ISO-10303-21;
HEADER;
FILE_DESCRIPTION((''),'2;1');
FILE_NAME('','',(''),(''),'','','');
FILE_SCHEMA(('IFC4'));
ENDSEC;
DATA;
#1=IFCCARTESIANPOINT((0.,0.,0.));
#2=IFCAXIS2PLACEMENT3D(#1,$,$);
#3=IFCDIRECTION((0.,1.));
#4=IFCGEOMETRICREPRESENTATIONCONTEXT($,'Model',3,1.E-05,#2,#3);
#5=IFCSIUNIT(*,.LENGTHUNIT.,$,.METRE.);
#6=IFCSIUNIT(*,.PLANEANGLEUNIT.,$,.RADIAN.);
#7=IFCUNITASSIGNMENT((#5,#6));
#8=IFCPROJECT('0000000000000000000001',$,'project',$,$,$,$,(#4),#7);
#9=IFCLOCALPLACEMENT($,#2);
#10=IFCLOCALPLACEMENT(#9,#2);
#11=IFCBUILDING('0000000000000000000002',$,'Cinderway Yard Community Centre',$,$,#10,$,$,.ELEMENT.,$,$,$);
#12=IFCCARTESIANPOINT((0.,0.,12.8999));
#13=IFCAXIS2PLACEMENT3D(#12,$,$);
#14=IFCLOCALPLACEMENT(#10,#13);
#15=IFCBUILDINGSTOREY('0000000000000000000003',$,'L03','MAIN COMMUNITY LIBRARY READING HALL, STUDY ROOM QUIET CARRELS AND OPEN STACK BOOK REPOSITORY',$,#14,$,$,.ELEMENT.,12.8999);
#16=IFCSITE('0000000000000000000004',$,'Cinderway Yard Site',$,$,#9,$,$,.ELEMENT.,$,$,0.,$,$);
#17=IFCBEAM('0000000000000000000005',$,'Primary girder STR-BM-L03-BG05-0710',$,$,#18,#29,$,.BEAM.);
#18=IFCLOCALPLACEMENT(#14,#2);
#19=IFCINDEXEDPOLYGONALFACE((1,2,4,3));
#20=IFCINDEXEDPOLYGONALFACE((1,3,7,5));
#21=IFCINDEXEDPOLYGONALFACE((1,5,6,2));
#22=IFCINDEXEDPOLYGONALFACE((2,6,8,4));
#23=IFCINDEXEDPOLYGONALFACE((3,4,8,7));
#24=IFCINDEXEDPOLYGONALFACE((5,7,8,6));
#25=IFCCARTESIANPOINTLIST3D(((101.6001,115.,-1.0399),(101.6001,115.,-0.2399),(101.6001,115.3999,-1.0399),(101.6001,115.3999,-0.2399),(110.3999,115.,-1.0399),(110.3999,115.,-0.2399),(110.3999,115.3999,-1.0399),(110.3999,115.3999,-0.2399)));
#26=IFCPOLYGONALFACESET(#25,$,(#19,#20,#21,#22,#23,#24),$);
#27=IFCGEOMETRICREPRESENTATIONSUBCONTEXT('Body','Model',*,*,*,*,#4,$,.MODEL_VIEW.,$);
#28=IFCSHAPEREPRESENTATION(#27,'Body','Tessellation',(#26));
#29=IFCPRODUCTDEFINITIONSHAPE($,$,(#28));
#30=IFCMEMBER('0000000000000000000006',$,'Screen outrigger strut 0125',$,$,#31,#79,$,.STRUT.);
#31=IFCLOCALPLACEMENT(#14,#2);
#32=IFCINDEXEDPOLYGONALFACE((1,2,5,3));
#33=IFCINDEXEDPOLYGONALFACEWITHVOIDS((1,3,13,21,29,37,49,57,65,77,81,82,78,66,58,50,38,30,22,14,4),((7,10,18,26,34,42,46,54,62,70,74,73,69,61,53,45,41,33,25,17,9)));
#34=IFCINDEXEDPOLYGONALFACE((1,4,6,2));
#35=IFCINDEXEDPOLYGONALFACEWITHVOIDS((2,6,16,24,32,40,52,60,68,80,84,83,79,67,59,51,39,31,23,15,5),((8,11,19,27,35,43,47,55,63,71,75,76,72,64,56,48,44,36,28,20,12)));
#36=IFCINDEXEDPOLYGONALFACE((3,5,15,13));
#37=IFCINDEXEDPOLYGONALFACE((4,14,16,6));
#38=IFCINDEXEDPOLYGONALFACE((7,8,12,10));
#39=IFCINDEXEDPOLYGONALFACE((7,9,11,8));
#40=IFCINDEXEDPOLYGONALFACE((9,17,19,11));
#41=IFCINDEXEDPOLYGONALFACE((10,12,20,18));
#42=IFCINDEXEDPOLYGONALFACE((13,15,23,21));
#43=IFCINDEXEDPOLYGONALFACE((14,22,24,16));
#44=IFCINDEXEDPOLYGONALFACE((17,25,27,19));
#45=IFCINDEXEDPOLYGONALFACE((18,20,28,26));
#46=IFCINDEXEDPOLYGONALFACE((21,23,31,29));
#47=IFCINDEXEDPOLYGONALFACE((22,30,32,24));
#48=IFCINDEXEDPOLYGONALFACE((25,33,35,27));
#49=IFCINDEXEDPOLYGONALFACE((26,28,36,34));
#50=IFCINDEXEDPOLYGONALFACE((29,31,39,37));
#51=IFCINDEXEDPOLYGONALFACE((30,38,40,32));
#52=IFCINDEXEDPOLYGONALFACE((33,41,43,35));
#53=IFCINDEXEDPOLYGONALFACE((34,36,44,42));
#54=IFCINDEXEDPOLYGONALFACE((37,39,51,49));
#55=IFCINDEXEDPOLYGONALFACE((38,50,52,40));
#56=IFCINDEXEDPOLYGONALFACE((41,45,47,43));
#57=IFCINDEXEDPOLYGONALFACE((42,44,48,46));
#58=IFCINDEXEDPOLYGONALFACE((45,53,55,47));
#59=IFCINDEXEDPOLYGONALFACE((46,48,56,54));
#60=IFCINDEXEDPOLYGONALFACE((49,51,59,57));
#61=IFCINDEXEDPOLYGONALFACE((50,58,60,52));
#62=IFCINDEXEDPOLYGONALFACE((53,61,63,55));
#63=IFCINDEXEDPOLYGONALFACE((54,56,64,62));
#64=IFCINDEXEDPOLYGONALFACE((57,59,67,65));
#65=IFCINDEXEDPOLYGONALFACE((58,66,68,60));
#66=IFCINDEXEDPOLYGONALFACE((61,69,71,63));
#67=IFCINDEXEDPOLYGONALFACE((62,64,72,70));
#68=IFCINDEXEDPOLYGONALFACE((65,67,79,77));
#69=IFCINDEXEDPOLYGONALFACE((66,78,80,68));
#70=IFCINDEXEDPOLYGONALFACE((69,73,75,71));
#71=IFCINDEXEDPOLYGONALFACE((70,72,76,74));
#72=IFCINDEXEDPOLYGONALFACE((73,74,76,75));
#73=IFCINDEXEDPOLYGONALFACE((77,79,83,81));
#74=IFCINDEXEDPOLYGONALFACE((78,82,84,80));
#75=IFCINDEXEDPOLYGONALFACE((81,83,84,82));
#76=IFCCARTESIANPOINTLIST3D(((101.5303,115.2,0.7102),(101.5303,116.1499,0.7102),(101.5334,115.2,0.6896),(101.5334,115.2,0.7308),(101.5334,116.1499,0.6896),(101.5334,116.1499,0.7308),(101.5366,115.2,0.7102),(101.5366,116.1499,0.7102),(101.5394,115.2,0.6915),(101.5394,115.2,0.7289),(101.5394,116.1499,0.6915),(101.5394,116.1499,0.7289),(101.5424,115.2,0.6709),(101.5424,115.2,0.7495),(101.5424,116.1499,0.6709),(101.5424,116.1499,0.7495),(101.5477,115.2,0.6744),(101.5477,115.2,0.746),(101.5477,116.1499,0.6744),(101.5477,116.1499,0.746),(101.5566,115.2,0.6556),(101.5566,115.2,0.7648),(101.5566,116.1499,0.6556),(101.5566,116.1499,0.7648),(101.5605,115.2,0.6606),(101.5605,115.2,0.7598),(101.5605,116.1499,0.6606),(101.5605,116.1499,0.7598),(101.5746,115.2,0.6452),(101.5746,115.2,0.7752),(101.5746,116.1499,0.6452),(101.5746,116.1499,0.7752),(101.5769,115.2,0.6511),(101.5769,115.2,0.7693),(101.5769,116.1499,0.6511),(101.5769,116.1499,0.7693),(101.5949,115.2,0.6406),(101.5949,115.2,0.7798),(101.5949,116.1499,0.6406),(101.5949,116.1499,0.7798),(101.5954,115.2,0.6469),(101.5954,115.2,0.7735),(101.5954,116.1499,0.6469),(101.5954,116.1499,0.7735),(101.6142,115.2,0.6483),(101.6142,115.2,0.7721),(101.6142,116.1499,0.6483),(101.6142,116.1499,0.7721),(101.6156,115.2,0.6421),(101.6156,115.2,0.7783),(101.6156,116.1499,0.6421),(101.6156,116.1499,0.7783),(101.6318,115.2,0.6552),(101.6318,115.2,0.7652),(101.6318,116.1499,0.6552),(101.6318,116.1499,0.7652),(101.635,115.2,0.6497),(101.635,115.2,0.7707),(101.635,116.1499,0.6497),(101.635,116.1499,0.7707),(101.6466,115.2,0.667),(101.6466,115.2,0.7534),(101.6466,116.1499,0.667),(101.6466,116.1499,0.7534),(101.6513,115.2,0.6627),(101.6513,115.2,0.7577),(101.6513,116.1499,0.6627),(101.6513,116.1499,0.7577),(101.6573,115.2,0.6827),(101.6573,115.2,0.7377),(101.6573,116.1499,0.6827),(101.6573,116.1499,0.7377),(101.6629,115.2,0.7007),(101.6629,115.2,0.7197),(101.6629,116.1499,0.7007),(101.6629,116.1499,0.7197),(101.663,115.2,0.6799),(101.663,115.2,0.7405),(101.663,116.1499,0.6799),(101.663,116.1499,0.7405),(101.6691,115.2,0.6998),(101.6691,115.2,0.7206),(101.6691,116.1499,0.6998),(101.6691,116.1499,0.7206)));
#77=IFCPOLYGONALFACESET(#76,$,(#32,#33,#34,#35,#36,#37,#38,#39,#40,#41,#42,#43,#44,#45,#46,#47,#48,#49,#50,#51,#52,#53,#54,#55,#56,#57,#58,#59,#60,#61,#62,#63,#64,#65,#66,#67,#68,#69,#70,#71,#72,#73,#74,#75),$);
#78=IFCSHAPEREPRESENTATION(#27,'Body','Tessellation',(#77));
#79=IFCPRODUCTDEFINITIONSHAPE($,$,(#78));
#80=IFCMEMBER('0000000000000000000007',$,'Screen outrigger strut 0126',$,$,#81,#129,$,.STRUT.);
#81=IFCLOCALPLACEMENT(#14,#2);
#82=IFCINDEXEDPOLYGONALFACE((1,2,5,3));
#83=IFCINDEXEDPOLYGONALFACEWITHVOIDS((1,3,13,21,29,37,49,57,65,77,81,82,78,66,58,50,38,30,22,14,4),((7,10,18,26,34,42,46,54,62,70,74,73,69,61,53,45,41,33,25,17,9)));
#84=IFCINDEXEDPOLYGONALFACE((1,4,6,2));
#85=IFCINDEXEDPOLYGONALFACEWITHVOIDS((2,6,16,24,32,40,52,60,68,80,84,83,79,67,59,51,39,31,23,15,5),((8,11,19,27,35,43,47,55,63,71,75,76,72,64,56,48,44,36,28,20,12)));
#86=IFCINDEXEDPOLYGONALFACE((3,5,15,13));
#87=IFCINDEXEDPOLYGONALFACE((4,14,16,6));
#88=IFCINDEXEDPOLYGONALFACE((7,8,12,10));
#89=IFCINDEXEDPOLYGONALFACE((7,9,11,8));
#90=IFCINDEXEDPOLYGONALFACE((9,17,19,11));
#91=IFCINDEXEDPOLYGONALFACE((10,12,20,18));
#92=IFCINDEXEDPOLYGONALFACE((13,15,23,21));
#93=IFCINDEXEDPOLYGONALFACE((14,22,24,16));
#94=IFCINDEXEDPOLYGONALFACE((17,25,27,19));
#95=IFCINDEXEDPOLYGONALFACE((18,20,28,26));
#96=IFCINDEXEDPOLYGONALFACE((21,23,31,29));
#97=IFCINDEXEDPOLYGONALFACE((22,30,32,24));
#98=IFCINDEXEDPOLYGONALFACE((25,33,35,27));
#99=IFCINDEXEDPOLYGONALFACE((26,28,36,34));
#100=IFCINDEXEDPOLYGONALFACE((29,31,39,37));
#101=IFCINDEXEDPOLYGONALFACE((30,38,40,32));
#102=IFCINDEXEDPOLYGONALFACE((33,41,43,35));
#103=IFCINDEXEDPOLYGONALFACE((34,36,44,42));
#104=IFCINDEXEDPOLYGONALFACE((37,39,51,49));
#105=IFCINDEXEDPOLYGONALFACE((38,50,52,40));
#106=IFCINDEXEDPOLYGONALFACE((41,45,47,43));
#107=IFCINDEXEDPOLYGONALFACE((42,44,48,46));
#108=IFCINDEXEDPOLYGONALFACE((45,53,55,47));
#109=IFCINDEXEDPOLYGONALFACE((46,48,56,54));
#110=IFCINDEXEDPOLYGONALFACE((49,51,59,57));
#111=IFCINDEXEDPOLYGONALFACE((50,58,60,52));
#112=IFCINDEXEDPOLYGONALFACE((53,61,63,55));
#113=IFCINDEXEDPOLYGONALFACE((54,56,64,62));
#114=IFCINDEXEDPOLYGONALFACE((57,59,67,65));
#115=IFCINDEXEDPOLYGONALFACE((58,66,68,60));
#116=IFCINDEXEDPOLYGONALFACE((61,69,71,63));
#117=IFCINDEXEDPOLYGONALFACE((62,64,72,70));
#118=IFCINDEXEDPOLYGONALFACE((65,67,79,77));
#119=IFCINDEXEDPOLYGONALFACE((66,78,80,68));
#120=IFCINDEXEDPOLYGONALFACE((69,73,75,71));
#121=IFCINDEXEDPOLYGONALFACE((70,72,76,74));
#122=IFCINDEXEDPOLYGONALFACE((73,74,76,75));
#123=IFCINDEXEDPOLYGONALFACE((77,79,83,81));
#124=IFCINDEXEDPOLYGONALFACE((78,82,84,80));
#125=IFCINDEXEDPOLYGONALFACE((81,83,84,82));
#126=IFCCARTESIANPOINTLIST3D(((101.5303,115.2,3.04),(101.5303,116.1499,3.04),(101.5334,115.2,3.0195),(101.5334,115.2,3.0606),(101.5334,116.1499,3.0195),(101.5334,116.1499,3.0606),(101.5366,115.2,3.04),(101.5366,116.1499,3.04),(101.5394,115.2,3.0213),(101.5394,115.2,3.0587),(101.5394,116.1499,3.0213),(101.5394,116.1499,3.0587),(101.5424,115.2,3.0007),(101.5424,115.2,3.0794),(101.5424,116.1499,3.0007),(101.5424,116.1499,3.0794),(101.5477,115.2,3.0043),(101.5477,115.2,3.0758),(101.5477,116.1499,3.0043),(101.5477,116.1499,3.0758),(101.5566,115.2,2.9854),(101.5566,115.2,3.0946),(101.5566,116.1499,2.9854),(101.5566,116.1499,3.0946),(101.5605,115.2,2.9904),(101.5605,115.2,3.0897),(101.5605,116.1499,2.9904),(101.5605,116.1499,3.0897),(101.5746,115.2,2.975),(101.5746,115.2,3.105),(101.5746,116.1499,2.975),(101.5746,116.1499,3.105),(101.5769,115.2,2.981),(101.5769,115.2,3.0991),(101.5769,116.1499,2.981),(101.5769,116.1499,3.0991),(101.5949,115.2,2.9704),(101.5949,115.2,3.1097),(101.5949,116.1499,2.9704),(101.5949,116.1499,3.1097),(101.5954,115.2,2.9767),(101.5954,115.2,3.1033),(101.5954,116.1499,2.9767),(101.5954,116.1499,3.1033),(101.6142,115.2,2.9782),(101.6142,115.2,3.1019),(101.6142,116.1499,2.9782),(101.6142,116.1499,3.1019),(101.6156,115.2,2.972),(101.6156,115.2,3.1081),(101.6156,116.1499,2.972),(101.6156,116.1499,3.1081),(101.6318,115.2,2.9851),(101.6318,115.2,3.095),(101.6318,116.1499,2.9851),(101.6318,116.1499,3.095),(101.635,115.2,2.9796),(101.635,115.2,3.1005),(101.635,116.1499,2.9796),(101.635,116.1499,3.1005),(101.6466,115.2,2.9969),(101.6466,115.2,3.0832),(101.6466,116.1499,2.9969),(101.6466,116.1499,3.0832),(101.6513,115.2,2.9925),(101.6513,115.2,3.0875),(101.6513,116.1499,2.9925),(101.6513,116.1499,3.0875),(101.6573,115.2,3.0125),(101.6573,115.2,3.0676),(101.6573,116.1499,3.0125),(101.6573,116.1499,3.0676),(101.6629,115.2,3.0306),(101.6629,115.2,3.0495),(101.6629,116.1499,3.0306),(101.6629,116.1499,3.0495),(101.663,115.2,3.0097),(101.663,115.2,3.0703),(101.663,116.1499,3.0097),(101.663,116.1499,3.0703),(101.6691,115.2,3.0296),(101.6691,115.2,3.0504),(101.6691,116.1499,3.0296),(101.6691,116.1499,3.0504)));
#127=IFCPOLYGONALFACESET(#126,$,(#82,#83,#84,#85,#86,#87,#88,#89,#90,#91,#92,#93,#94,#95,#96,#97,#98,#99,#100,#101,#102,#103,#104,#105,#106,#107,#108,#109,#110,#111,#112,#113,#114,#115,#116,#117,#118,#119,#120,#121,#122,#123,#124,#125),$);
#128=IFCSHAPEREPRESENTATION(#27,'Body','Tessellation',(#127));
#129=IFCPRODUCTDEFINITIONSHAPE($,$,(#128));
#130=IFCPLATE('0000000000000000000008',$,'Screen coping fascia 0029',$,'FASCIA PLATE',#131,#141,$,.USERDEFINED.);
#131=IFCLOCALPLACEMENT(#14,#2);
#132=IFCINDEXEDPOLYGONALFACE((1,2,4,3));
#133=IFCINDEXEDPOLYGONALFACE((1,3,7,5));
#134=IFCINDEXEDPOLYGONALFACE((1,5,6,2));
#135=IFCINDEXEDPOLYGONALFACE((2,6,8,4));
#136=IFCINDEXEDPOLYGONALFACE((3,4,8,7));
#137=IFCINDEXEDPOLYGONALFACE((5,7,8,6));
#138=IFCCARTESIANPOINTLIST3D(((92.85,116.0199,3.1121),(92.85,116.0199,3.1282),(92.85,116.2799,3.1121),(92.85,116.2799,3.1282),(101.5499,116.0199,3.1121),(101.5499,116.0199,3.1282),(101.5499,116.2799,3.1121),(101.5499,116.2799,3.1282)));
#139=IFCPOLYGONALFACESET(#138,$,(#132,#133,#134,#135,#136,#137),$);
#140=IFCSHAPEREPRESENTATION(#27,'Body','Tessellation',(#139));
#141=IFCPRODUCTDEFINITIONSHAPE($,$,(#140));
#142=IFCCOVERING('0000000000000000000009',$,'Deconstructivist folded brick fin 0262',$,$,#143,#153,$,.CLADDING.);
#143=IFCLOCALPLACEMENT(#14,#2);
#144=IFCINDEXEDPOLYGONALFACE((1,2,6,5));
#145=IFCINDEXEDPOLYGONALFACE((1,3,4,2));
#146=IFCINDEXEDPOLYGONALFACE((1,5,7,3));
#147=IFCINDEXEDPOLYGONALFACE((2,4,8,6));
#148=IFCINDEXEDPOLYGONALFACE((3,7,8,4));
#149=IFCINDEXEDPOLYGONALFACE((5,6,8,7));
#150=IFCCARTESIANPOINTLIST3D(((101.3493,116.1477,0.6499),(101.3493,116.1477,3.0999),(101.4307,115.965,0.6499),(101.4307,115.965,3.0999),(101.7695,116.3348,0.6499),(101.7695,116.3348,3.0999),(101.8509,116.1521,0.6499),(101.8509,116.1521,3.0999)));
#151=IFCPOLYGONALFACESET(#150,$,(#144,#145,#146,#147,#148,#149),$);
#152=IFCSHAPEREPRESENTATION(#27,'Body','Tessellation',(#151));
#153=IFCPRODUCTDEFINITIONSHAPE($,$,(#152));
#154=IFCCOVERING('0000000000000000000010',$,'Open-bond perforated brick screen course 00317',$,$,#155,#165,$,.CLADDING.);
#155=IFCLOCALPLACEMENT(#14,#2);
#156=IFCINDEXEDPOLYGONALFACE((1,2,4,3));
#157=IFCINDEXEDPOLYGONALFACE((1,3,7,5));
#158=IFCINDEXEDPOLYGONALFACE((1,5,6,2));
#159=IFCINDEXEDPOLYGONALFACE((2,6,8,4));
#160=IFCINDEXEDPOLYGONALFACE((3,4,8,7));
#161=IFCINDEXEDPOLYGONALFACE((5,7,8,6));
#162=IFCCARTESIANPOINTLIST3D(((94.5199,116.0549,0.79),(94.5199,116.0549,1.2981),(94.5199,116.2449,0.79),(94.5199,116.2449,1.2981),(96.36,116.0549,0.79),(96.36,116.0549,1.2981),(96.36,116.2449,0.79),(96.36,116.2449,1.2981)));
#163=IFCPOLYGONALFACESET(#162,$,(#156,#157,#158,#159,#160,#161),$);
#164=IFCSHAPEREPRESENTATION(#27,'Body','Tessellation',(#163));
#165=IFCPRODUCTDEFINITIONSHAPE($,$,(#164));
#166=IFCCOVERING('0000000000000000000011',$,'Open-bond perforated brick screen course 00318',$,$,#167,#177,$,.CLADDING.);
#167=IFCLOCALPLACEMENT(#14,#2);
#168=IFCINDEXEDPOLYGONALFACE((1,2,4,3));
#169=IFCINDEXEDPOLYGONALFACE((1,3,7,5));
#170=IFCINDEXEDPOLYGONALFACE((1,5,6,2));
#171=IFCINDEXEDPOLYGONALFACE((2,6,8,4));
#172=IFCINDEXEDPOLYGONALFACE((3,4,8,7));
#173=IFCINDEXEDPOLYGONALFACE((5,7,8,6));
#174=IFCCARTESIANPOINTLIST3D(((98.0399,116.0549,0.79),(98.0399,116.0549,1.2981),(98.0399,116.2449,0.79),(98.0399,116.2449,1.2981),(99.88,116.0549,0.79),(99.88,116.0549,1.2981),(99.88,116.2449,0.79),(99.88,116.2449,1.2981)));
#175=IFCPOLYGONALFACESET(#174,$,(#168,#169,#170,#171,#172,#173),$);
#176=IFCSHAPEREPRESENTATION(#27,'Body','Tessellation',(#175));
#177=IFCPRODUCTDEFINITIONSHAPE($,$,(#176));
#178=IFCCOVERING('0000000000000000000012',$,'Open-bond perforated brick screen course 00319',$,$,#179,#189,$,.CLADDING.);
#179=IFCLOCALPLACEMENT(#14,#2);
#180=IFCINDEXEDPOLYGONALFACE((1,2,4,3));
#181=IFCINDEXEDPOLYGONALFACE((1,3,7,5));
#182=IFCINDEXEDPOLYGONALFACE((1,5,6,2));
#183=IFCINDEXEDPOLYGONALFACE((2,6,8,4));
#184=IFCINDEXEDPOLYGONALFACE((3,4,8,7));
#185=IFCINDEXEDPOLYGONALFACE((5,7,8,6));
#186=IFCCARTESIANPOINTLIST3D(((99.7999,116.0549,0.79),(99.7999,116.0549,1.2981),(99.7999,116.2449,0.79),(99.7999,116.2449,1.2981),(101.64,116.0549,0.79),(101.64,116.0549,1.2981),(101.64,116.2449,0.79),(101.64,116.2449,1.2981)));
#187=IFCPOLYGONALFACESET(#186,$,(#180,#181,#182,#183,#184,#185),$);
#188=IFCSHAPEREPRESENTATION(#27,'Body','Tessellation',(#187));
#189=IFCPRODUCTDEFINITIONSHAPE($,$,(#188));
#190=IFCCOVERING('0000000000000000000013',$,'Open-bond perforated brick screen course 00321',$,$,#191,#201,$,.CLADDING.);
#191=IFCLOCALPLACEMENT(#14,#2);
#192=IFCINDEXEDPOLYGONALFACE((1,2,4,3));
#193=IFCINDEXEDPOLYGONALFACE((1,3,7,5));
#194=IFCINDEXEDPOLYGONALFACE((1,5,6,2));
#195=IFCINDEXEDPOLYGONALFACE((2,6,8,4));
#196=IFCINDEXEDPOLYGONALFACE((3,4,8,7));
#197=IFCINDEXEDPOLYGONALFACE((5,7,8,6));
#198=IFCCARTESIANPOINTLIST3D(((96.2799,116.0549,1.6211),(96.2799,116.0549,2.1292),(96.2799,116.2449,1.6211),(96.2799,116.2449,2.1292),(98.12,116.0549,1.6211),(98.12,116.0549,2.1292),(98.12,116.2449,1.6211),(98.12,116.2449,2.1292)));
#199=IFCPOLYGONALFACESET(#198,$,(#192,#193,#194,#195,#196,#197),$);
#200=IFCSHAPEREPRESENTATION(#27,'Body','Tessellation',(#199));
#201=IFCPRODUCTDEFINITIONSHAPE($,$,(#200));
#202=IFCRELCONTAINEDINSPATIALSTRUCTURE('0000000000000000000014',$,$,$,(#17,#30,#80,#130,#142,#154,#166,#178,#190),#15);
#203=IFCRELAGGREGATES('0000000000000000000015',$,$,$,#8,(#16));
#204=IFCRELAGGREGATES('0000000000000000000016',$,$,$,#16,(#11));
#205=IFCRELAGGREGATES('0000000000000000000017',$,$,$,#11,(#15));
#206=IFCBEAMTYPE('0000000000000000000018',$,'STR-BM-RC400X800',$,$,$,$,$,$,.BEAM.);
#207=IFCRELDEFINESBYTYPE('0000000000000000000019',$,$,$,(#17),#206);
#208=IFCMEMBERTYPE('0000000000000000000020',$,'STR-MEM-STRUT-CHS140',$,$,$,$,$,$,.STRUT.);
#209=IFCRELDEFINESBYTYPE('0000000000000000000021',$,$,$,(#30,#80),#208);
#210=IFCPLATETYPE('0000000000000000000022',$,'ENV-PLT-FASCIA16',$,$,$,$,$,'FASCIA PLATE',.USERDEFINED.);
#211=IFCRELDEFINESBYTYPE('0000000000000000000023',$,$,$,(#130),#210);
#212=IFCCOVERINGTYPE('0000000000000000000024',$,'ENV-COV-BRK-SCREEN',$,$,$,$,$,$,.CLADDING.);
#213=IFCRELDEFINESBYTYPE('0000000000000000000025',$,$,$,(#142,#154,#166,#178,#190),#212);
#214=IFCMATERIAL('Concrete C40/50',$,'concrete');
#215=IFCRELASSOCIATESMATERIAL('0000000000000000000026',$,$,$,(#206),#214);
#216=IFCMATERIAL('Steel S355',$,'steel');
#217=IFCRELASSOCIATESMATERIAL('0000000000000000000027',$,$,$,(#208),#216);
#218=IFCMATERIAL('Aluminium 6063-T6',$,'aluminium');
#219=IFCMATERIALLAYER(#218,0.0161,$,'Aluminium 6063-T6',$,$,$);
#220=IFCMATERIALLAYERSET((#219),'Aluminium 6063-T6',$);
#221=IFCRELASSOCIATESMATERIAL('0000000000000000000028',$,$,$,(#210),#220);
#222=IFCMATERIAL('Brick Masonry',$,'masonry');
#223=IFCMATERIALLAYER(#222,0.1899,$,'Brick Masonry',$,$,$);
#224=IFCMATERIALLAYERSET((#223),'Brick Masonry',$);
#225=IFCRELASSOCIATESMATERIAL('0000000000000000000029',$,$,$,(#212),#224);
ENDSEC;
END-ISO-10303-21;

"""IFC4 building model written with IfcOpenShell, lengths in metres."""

from ifc_helpers import new_model, si_unit, direction, frame, origin, origin_2d, place, context, subcontext, project, spatial, rectangle, hollow_circle, extrude, material, layer, layer_set, material_profile, profile_set, type_object, element, save


model = new_model("IFC4")

# Units and contexts
model_context = context("Model", 3, precision=1e-05, world=origin(), true_north=direction((0.0, 1.0)))
body_context = subcontext(model_context, "Body", "Model", "MODEL_VIEW")
ifc_project = project(units=[si_unit("LENGTHUNIT", "METRE"), si_unit("PLANEANGLEUNIT", "RADIAN")], contexts=[model_context])

# Site, building, storey
site_placement = place(None, origin())
site = spatial("IfcSite", under=ifc_project, at=site_placement, Name="Cinderway Yard Site", CompositionType="ELEMENT", RefElevation=0.0)
building_placement = place(site_placement, origin())
building = spatial("IfcBuilding", under=site, at=building_placement, Name="Cinderway Yard Community Centre", CompositionType="ELEMENT")
storey_placement = place(building_placement, frame((0.0, 0.0, 12.8999)))
storey = spatial("IfcBuildingStorey", under=building, at=storey_placement, Name="L03", Description="MAIN COMMUNITY LIBRARY READING HALL, STUDY ROOM QUIET CARRELS AND OPEN STACK BOOK REPOSITORY", CompositionType="ELEMENT", Elevation=12.8999)

# Shared definitions
ifc_material_1 = material(Name="Concrete C40/50", Category="concrete")

# Shared definitions
ifc_material_2 = material(Name="Steel S355", Category="steel")

# Beam
ifc_material_profile_1 = material_profile(ifc_material_1, rectangle(XDim=0.3999, YDim=0.8, at=origin_2d()), Name="Concrete C40/50")
ifc_profile_set_1 = profile_set([ifc_material_profile_1], Name="Concrete C40/50")
beam_type = type_object("IfcBeamType", Name="STR-BM-RC400X800", PredefinedType="BEAM", material=ifc_profile_set_1)
beam_placement = place(storey_placement, frame((101.6001, 115.2, -0.6399), z_axis=(1.0, 0.0, 0.0), x_axis=(0.0, 1.0, 0.0)))
element("IfcBeam", 1, at=beam_placement, inside=storey, type_object=beam_type, Name="Primary girder STR-BM-L03-BG05-0710", PredefinedType="BEAM", context=body_context, shape_type="SweptSolid", body=[
    extrude(rectangle(XDim=0.3999, YDim=0.8, at=origin_2d()), origin(), (0.0, 0.0, 1.0), 8.7998),
])

# Members
ifc_material_profile_2 = material_profile(ifc_material_2, hollow_circle(Radius=0.0698, WallThickness=0.0063, at=origin_2d()), Name="Steel S355")
ifc_profile_set_2 = profile_set([ifc_material_profile_2], Name="Steel S355")
member_type_1 = type_object("IfcMemberType", Name="STR-MEM-STRUT-CHS140", PredefinedType="STRUT", material=ifc_profile_set_2)
for number, where, z_axis, x_axis, name in (
    (2, (101.6001, 115.2, 0.7102), (0.0, 1.0, 0.0), (-1.0, 0.0, 0.0), "Screen outrigger strut 0125"),
    (3, (101.6001, 115.2, 3.04), (0.0, 1.0, 0.0), (-1.0, 0.0, 0.0), "Screen outrigger strut 0126"),
):
    element("IfcMember", number, at=place(storey_placement, frame(where, z_axis=z_axis, x_axis=x_axis)), inside=storey, type_object=member_type_1, Name=name, PredefinedType="STRUT", context=body_context, shape_type="SweptSolid", body=[
        extrude(hollow_circle(Radius=0.0698, WallThickness=0.0063, at=origin_2d()), origin(), (0.0, 0.0, 1.0), 0.95),
    ])

# Plate
ifc_material_3 = material(Name="Aluminium 6063-T6", Category="aluminium")
ifc_layer_1 = layer(ifc_material_3, 0.0161, Name="Aluminium 6063-T6")
ifc_layer_set_1 = layer_set([ifc_layer_1], Name="Aluminium 6063-T6")
plate_type = type_object("IfcPlateType", Name="ENV-PLT-FASCIA16", ElementType="FASCIA PLATE", PredefinedType="USERDEFINED", material=ifc_layer_set_1)
plate_placement = place(storey_placement, frame((97.2, 116.1499, 3.1121), z_axis=(0.0, 0.0, 1.0), x_axis=(1.0, 0.0, 0.0)))
element("IfcPlate", 4, at=plate_placement, inside=storey, type_object=plate_type, Name="Screen coping fascia 0029", ObjectType="FASCIA PLATE", PredefinedType="USERDEFINED", context=body_context, shape_type="SweptSolid", body=[
    extrude(rectangle(XDim=8.7, YDim=0.26, at=origin_2d()), origin(), (0.0, 0.0, 1.0), 0.0161),
])

# Coverings
ifc_material_4 = material(Name="Brick Masonry", Category="masonry")
ifc_layer_2 = layer(ifc_material_4, 0.1899, Name="Brick Masonry")
ifc_layer_set_2 = layer_set([ifc_layer_2], Name="Brick Masonry")
covering_type = type_object("IfcCoveringType", Name="ENV-COV-BRK-SCREEN", PredefinedType="CLADDING", material=ifc_layer_set_2)
covering_placement = place(storey_placement, frame((101.6001, 116.1499, 0.6499), z_axis=(0.0, 0.0, 1.0), x_axis=(0.913545, 0.406737, 0.0)))
element("IfcCovering", 5, at=covering_placement, inside=storey, type_object=covering_type, Name="Deconstructivist folded brick fin 0262", PredefinedType="CLADDING", context=body_context, shape_type="SweptSolid", body=[
    extrude(rectangle(XDim=0.46, YDim=0.2, at=origin_2d()), origin(), (0.0, 0.0, 1.0), 2.45),
])
for number, where, z_axis, x_axis, name in (
    (6, (95.4399, 116.1499, 0.79), (0.0, 0.0, 1.0), (1.0, 0.0, 0.0), "Open-bond perforated brick screen course 00317"),
    (7, (98.96, 116.1499, 0.79), (0.0, 0.0, 1.0), (1.0, 0.0, 0.0), "Open-bond perforated brick screen course 00318"),
    (8, (100.72, 116.1499, 0.79), (0.0, 0.0, 1.0), (1.0, 0.0, 0.0), "Open-bond perforated brick screen course 00319"),
    (9, (97.2, 116.1499, 1.6211), (0.0, 0.0, 1.0), (1.0, 0.0, 0.0), "Open-bond perforated brick screen course 00321"),
):
    element("IfcCovering", number, at=place(storey_placement, frame(where, z_axis=z_axis, x_axis=x_axis)), inside=storey, type_object=covering_type, Name=name, PredefinedType="CLADDING", context=body_context, shape_type="SweptSolid", body=[
        extrude(rectangle(XDim=1.8401, YDim=0.1899, at=origin_2d()), origin(), (0.0, 0.0, 1.0), 0.5081),
    ])

save(model, "model.ifc")
